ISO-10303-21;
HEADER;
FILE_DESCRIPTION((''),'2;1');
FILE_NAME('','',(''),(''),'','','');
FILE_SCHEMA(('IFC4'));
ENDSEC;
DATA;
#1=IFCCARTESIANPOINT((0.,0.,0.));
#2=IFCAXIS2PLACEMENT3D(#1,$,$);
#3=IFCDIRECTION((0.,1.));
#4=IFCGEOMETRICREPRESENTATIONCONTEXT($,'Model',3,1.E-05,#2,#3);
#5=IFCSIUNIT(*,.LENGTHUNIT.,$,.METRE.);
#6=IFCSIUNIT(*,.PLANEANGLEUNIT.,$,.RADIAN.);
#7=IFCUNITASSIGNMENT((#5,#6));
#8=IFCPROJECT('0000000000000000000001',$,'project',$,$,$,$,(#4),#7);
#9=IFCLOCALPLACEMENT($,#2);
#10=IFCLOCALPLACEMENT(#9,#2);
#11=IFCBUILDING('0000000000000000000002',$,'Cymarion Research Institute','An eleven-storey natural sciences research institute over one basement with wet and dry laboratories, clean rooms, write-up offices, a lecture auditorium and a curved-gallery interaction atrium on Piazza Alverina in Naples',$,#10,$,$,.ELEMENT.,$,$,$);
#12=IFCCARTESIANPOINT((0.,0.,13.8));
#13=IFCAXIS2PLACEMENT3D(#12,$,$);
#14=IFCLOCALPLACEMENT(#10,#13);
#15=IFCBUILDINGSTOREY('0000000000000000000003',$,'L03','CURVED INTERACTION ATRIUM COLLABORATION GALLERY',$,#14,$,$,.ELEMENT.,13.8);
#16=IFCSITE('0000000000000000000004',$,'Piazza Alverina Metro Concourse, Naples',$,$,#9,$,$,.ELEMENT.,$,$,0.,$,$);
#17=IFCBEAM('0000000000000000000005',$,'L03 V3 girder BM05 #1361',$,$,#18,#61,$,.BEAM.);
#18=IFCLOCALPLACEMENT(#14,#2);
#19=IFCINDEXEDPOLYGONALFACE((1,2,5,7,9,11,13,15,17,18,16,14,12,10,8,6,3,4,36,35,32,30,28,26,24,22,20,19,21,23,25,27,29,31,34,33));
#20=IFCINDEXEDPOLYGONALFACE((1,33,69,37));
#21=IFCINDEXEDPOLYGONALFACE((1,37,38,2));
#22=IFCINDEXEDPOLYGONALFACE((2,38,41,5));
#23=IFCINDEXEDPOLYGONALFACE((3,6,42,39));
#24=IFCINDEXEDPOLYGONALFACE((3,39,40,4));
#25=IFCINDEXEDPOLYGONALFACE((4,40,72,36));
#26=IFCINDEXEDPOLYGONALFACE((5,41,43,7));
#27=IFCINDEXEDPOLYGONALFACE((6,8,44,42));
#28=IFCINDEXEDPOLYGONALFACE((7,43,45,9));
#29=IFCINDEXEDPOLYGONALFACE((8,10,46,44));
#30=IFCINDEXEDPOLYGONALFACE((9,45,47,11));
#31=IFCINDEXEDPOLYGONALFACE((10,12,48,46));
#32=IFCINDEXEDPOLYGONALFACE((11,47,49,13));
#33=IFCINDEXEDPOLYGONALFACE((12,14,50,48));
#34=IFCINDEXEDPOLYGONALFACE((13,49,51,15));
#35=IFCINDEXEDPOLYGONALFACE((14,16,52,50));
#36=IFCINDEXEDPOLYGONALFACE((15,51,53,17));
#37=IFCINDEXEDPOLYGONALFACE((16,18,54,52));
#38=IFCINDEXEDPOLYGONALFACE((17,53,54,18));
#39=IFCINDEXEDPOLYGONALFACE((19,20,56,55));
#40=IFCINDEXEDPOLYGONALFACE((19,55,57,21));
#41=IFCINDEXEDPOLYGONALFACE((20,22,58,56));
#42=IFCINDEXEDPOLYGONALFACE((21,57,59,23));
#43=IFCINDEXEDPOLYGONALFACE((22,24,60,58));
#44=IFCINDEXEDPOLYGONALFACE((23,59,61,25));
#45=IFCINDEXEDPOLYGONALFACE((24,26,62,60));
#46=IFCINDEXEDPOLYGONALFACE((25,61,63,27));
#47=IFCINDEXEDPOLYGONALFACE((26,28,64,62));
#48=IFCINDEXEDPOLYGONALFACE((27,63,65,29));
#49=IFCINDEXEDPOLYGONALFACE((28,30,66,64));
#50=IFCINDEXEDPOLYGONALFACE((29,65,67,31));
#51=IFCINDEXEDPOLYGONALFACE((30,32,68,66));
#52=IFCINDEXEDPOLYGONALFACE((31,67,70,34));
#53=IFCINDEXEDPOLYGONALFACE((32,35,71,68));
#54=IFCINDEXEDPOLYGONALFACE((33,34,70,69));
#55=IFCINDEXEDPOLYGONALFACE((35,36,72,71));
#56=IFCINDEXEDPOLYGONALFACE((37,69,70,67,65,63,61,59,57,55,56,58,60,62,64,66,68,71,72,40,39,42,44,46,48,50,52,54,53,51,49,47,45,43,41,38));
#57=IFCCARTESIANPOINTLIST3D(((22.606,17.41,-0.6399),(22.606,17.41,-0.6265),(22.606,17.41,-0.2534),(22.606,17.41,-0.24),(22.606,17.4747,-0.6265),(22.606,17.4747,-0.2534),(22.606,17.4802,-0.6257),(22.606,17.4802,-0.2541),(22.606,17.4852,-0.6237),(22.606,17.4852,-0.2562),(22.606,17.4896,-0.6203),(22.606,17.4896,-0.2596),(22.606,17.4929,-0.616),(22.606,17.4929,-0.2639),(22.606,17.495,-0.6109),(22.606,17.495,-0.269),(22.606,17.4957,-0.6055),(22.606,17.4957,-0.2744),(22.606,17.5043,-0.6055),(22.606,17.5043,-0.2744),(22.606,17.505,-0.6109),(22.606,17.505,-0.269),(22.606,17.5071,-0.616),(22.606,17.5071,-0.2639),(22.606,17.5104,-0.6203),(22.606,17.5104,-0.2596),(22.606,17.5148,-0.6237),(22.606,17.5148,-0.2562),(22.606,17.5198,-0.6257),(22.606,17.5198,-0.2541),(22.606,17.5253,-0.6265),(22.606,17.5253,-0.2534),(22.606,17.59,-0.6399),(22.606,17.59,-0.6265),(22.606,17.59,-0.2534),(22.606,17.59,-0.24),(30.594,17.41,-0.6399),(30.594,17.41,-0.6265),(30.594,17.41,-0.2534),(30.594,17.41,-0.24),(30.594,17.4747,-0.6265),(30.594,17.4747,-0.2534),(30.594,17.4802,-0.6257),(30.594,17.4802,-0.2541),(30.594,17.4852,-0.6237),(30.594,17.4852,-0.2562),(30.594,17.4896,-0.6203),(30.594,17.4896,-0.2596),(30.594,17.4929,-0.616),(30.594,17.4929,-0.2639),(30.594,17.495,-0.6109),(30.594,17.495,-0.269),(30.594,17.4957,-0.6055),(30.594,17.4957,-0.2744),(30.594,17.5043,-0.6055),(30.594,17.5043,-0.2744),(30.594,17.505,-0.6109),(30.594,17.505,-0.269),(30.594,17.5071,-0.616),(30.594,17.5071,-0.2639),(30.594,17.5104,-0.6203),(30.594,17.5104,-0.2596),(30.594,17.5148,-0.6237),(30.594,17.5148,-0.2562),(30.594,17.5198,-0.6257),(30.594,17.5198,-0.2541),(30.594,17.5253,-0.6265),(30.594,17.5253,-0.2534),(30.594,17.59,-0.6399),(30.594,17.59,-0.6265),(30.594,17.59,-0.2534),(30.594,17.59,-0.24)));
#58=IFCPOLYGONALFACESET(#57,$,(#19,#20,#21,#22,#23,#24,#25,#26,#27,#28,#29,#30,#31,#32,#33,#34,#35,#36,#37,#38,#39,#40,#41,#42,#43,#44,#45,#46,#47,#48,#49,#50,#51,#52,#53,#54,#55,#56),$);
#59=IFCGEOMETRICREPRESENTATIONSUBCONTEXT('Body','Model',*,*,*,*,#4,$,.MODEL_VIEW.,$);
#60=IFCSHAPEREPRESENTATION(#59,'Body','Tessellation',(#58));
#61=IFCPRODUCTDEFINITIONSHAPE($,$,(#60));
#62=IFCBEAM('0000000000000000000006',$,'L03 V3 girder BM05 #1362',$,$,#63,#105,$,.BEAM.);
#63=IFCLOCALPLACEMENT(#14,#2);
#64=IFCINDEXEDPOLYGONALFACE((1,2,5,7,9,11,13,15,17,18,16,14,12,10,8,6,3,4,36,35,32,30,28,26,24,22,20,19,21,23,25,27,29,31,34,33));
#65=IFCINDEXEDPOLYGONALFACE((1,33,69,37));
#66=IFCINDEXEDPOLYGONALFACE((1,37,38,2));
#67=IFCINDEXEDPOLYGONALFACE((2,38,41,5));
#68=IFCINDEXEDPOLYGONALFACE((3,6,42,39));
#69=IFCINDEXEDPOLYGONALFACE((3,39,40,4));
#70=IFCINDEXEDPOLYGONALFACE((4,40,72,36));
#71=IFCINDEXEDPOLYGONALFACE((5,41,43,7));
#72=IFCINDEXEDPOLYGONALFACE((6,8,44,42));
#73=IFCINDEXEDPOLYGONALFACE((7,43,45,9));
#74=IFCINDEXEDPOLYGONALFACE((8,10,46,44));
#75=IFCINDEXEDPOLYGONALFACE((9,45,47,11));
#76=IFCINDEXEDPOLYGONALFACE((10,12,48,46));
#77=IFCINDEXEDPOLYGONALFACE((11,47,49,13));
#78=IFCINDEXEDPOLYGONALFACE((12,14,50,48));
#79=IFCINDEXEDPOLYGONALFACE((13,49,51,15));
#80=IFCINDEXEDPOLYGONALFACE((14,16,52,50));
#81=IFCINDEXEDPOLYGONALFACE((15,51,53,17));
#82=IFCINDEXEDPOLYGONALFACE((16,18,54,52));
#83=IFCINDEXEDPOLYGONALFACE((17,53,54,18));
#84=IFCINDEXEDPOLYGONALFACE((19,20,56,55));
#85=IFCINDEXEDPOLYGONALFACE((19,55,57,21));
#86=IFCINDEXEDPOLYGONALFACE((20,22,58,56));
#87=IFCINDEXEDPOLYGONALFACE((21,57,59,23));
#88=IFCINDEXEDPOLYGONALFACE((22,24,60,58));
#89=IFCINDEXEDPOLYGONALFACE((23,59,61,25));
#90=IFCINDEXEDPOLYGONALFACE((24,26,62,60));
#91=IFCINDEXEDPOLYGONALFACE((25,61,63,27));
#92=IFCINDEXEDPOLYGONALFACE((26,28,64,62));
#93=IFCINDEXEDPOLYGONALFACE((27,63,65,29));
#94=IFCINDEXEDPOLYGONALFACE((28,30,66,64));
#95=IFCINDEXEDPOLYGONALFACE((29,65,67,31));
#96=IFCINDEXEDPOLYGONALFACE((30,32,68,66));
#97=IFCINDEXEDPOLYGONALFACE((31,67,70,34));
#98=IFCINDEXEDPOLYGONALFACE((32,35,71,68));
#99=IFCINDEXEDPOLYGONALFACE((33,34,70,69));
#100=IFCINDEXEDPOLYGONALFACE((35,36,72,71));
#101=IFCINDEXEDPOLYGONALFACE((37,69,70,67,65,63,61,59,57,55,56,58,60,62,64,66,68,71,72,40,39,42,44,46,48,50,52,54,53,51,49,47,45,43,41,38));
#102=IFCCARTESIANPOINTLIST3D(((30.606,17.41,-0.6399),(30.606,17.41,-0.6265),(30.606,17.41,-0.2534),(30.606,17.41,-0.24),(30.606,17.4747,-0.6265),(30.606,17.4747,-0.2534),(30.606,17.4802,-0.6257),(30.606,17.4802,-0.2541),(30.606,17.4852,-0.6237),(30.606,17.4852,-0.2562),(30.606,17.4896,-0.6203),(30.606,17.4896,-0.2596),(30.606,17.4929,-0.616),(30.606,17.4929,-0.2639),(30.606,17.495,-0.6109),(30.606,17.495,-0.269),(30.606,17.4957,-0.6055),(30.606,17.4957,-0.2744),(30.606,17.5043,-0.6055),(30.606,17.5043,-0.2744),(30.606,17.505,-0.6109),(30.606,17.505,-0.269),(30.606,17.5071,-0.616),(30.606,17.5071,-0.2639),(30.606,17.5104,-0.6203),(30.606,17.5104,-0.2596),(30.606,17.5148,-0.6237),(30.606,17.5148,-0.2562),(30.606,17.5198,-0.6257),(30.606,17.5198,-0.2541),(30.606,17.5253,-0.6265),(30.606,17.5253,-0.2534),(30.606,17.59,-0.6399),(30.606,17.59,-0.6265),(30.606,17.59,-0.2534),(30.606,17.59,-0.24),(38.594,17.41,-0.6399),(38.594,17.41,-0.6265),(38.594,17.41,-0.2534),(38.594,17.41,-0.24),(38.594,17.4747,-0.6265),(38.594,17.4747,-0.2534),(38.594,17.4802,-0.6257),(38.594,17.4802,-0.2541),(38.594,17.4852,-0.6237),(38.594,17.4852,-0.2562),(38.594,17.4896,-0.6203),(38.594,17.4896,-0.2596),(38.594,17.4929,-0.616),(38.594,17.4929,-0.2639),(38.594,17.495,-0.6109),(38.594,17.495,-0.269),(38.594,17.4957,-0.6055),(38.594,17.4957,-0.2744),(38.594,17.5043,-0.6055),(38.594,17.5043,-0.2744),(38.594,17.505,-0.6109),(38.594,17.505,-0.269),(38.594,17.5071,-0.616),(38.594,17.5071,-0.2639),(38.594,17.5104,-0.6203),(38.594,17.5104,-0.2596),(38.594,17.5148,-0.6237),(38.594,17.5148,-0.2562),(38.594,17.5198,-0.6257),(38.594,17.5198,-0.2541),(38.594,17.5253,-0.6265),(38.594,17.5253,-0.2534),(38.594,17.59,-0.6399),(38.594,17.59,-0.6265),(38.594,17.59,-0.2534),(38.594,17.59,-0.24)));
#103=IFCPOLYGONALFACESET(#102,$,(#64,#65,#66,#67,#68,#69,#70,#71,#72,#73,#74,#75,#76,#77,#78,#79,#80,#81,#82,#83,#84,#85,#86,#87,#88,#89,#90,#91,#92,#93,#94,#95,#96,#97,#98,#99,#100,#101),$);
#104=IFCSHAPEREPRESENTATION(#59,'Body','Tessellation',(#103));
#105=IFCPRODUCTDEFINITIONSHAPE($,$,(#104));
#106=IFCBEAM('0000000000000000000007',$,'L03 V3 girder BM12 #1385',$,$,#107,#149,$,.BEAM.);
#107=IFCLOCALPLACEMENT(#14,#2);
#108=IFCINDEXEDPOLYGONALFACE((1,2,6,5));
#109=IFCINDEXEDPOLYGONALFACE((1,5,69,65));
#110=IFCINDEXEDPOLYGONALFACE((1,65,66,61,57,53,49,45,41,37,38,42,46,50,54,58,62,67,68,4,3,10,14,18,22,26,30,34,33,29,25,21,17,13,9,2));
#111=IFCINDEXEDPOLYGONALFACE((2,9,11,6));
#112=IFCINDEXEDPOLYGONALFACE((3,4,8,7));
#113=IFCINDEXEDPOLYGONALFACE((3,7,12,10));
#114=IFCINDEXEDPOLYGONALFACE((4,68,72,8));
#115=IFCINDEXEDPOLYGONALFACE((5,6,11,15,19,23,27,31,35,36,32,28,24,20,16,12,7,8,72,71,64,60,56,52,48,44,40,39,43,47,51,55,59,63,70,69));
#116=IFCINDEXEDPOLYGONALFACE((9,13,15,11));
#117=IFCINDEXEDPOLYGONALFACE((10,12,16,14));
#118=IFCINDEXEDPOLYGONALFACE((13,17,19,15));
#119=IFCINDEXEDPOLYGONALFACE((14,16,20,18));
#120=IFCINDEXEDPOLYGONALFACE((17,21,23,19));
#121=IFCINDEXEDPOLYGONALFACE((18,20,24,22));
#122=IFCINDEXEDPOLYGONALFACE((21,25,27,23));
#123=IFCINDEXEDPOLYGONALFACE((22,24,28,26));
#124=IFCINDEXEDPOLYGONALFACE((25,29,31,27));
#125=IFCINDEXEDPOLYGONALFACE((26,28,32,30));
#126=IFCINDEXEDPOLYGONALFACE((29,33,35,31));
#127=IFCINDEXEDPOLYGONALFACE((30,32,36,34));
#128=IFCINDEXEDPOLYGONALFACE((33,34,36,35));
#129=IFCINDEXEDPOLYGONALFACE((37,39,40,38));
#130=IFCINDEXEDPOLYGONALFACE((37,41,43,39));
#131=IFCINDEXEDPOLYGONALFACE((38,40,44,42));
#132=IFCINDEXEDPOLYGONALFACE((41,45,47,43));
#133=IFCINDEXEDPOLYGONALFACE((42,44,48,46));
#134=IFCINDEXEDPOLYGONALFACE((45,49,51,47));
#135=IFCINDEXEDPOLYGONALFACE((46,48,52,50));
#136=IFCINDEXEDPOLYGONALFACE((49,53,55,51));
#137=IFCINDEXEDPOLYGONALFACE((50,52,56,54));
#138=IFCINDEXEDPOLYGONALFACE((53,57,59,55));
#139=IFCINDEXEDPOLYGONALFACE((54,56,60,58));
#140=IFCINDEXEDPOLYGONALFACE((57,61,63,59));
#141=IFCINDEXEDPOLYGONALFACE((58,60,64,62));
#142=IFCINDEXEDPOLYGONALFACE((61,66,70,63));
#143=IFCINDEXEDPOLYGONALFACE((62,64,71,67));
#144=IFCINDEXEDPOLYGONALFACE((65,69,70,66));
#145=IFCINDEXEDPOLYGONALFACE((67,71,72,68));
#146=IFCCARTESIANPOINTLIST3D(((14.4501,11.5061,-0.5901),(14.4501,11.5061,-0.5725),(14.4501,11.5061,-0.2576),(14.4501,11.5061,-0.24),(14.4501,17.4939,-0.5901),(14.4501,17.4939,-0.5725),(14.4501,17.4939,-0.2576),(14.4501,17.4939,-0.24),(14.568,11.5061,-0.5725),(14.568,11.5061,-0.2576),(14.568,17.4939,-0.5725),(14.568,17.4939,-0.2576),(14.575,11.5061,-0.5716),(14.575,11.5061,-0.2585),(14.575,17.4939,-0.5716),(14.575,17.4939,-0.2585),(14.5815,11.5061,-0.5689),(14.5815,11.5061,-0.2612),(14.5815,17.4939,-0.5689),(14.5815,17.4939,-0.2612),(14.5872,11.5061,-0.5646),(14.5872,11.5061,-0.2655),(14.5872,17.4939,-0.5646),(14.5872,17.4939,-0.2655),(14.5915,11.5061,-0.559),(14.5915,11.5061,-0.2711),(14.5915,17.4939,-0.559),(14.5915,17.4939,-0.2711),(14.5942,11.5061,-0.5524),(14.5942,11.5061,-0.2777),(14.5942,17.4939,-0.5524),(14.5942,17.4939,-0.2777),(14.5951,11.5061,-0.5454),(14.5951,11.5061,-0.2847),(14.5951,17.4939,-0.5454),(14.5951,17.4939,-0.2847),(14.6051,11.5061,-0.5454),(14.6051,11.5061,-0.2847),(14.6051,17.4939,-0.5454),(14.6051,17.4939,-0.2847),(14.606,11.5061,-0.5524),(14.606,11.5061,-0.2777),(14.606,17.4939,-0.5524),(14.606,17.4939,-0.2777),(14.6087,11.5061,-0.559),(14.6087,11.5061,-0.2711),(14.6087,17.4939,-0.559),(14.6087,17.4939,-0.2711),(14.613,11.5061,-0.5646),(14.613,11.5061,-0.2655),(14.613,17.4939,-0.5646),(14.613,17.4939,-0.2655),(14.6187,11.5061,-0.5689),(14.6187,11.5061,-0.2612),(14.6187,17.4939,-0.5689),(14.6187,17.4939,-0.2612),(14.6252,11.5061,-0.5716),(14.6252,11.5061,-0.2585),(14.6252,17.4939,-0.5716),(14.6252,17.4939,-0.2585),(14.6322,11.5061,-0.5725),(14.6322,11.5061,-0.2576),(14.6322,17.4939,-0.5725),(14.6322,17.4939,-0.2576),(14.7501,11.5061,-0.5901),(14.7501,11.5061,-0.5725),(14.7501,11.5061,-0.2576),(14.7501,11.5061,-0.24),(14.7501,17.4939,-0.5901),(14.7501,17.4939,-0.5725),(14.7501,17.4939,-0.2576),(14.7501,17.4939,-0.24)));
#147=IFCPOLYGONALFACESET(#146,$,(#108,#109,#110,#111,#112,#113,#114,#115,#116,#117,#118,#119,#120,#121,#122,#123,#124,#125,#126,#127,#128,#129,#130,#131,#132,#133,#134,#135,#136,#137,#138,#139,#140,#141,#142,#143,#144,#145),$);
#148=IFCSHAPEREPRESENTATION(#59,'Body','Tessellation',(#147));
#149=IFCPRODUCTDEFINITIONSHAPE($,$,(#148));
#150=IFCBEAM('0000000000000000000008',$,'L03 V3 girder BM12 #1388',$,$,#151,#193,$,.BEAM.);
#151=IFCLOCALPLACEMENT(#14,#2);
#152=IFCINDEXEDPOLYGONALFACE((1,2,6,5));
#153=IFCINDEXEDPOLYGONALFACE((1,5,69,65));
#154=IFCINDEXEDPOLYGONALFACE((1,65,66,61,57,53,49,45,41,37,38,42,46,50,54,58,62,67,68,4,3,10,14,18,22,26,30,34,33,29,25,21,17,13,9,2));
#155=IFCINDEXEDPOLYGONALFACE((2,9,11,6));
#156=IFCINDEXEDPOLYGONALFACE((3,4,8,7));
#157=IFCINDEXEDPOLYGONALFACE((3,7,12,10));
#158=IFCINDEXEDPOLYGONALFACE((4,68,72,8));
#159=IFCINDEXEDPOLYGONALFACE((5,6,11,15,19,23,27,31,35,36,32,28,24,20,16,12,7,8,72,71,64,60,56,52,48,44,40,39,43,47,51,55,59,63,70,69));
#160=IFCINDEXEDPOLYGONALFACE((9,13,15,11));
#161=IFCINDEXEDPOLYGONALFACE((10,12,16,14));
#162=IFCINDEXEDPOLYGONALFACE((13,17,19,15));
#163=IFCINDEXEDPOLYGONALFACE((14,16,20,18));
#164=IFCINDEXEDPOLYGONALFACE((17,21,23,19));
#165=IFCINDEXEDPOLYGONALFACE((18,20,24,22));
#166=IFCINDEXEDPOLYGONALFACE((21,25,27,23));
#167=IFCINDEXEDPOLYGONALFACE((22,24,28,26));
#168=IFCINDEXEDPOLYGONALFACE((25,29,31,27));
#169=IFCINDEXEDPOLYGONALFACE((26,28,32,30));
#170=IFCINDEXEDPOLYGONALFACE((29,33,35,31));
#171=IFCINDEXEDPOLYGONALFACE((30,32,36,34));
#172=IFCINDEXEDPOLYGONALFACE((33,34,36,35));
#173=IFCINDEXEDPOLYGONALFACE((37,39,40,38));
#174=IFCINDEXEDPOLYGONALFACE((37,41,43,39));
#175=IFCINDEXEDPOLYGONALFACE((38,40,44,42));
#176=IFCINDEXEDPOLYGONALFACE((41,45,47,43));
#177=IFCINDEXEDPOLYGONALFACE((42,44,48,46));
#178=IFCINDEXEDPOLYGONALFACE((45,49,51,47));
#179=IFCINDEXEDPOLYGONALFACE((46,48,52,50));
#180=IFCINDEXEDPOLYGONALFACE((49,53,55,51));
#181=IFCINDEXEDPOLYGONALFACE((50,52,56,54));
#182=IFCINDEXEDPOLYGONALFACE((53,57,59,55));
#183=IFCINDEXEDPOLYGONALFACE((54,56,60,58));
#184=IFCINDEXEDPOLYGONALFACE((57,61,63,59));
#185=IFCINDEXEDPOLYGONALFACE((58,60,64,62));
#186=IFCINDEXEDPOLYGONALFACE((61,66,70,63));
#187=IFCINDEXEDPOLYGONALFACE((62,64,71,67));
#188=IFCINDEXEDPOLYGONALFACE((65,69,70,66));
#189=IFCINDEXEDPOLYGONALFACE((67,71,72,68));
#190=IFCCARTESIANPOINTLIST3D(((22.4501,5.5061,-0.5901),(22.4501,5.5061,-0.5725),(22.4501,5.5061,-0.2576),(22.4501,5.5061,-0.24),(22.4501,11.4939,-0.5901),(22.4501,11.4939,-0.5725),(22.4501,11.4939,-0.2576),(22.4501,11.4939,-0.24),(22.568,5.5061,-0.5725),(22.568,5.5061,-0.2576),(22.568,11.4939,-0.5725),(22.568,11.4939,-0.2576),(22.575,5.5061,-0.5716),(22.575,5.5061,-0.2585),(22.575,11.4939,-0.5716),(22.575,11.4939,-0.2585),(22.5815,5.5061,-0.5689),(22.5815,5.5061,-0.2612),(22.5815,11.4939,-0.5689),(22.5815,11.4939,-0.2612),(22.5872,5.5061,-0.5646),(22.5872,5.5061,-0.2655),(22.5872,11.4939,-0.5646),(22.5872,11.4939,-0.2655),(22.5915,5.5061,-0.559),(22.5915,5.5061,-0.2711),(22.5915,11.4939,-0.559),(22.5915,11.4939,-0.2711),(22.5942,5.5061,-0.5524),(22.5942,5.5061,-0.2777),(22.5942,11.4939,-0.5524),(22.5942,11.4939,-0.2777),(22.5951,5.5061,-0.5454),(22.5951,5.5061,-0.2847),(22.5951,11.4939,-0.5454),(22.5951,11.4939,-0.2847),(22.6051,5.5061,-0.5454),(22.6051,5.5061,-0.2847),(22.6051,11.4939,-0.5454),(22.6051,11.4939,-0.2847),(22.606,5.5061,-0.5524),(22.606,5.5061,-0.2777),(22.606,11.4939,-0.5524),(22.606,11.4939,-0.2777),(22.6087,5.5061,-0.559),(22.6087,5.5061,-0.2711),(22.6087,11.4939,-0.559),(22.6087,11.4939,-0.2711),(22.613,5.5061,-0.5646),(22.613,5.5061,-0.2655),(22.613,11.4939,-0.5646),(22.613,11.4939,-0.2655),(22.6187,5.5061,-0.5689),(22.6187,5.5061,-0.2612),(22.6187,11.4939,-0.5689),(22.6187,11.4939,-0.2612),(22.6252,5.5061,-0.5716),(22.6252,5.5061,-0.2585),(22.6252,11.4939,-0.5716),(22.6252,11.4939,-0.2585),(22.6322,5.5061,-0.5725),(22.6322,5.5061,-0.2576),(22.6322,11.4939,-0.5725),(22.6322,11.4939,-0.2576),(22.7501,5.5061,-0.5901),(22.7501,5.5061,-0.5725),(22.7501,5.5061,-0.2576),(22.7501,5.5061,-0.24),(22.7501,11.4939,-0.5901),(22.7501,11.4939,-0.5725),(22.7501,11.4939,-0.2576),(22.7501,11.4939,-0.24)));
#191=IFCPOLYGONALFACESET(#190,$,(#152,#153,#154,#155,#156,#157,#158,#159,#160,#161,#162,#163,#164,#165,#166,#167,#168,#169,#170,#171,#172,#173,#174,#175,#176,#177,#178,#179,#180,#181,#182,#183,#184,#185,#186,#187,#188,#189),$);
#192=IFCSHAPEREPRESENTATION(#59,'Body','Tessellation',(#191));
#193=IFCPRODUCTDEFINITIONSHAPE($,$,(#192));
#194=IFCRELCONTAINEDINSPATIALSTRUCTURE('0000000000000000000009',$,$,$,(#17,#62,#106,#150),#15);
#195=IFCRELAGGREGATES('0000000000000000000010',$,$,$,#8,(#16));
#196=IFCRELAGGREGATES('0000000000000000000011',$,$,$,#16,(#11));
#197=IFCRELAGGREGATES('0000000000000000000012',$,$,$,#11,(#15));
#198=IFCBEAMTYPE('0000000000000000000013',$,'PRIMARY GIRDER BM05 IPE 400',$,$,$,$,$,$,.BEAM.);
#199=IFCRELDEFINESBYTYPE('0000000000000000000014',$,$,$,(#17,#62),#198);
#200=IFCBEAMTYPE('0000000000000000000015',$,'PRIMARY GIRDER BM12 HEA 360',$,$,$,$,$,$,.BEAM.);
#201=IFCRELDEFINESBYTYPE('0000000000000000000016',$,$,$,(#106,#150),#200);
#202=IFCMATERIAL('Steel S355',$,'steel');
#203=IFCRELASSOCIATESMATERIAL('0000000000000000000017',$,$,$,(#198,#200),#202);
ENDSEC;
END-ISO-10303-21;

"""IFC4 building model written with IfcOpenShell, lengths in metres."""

from ifc_helpers import new_model, si_unit, direction, frame, origin, origin_2d, place, context, subcontext, project, spatial, i_section, extrude, material, material_profile, profile_set, type_object, element, save


model = new_model("IFC4")

# Units and contexts
model_context = context("Model", 3, precision=1e-05, world=origin(), true_north=direction((0.0, 1.0)))
body_context = subcontext(model_context, "Body", "Model", "MODEL_VIEW")
ifc_project = project(units=[si_unit("LENGTHUNIT", "METRE"), si_unit("PLANEANGLEUNIT", "RADIAN")], contexts=[model_context])

# Site, building, storey
site_placement = place(None, origin())
site = spatial("IfcSite", under=ifc_project, at=site_placement, Name="Piazza Alverina Metro Concourse, Naples", CompositionType="ELEMENT", RefElevation=0.0)
building_placement = place(site_placement, origin())
building = spatial("IfcBuilding", under=site, at=building_placement, Name="Cymarion Research Institute", Description="An eleven-storey natural sciences research institute over one basement with wet and dry laboratories, clean rooms, write-up offices, a lecture auditorium and a curved-gallery interaction atrium on Piazza Alverina in Naples", CompositionType="ELEMENT")
storey_placement = place(building_placement, frame((0.0, 0.0, 13.8)))
storey = spatial("IfcBuildingStorey", under=building, at=storey_placement, Name="L03", Description="CURVED INTERACTION ATRIUM COLLABORATION GALLERY", CompositionType="ELEMENT", Elevation=13.8)

# Beams
ifc_material = material(Name="Steel S355", Category="steel")
ifc_material_profile_1 = material_profile(ifc_material, i_section(OverallWidth=0.1799, OverallDepth=0.3999, WebThickness=0.0085, FlangeThickness=0.0134, FilletRadius=0.021, at=origin_2d()), Name="IPE 400")
ifc_profile_set_1 = profile_set([ifc_material_profile_1], Name="Steel S355")
beam_type_1 = type_object("IfcBeamType", Name="PRIMARY GIRDER BM05 IPE 400", PredefinedType="BEAM", material=ifc_profile_set_1)
for number, where, z_axis, x_axis, name in (
    (1, (22.606, 17.5, -0.4399), (1.0, 0.0, 0.0), (0.0, 1.0, 0.0), "L03 V3 girder BM05 #1361"),
    (2, (30.606, 17.5, -0.4399), (1.0, 0.0, 0.0), (0.0, 1.0, 0.0), "L03 V3 girder BM05 #1362"),
):
    element("IfcBeam", number, at=place(storey_placement, frame(where, z_axis=z_axis, x_axis=x_axis)), inside=storey, type_object=beam_type_1, Name=name, PredefinedType="BEAM", context=body_context, shape_type="SweptSolid", body=[
        extrude(i_section(OverallWidth=0.1799, OverallDepth=0.3999, WebThickness=0.0085, FlangeThickness=0.0134, FilletRadius=0.021, at=origin_2d()), origin(), (0.0, 0.0, 1.0), 7.988),
    ])
ifc_material_profile_2 = material_profile(ifc_material, i_section(OverallWidth=0.3, OverallDepth=0.3501, WebThickness=0.01, FlangeThickness=0.0176, FilletRadius=0.0271, at=origin_2d()), Name="HEA 360")
ifc_profile_set_2 = profile_set([ifc_material_profile_2], Name="Steel S355")
beam_type_2 = type_object("IfcBeamType", Name="PRIMARY GIRDER BM12 HEA 360", PredefinedType="BEAM", material=ifc_profile_set_2)
for number, where, z_axis, x_axis, name in (
    (3, (14.6001, 11.5061, -0.415), (0.0, 1.0, 0.0), (-1.0, 0.0, 0.0), "L03 V3 girder BM12 #1385"),
    (4, (22.6001, 5.5061, -0.415), (0.0, 1.0, 0.0), (-1.0, 0.0, 0.0), "L03 V3 girder BM12 #1388"),
):
    element("IfcBeam", number, at=place(storey_placement, frame(where, z_axis=z_axis, x_axis=x_axis)), inside=storey, type_object=beam_type_2, Name=name, PredefinedType="BEAM", context=body_context, shape_type="SweptSolid", body=[
        extrude(i_section(OverallWidth=0.3, OverallDepth=0.3501, WebThickness=0.01, FlangeThickness=0.0176, FilletRadius=0.0271, at=origin_2d()), origin(), (0.0, 0.0, 1.0), 5.9878),
    ])

save(model, "model.ifc")
